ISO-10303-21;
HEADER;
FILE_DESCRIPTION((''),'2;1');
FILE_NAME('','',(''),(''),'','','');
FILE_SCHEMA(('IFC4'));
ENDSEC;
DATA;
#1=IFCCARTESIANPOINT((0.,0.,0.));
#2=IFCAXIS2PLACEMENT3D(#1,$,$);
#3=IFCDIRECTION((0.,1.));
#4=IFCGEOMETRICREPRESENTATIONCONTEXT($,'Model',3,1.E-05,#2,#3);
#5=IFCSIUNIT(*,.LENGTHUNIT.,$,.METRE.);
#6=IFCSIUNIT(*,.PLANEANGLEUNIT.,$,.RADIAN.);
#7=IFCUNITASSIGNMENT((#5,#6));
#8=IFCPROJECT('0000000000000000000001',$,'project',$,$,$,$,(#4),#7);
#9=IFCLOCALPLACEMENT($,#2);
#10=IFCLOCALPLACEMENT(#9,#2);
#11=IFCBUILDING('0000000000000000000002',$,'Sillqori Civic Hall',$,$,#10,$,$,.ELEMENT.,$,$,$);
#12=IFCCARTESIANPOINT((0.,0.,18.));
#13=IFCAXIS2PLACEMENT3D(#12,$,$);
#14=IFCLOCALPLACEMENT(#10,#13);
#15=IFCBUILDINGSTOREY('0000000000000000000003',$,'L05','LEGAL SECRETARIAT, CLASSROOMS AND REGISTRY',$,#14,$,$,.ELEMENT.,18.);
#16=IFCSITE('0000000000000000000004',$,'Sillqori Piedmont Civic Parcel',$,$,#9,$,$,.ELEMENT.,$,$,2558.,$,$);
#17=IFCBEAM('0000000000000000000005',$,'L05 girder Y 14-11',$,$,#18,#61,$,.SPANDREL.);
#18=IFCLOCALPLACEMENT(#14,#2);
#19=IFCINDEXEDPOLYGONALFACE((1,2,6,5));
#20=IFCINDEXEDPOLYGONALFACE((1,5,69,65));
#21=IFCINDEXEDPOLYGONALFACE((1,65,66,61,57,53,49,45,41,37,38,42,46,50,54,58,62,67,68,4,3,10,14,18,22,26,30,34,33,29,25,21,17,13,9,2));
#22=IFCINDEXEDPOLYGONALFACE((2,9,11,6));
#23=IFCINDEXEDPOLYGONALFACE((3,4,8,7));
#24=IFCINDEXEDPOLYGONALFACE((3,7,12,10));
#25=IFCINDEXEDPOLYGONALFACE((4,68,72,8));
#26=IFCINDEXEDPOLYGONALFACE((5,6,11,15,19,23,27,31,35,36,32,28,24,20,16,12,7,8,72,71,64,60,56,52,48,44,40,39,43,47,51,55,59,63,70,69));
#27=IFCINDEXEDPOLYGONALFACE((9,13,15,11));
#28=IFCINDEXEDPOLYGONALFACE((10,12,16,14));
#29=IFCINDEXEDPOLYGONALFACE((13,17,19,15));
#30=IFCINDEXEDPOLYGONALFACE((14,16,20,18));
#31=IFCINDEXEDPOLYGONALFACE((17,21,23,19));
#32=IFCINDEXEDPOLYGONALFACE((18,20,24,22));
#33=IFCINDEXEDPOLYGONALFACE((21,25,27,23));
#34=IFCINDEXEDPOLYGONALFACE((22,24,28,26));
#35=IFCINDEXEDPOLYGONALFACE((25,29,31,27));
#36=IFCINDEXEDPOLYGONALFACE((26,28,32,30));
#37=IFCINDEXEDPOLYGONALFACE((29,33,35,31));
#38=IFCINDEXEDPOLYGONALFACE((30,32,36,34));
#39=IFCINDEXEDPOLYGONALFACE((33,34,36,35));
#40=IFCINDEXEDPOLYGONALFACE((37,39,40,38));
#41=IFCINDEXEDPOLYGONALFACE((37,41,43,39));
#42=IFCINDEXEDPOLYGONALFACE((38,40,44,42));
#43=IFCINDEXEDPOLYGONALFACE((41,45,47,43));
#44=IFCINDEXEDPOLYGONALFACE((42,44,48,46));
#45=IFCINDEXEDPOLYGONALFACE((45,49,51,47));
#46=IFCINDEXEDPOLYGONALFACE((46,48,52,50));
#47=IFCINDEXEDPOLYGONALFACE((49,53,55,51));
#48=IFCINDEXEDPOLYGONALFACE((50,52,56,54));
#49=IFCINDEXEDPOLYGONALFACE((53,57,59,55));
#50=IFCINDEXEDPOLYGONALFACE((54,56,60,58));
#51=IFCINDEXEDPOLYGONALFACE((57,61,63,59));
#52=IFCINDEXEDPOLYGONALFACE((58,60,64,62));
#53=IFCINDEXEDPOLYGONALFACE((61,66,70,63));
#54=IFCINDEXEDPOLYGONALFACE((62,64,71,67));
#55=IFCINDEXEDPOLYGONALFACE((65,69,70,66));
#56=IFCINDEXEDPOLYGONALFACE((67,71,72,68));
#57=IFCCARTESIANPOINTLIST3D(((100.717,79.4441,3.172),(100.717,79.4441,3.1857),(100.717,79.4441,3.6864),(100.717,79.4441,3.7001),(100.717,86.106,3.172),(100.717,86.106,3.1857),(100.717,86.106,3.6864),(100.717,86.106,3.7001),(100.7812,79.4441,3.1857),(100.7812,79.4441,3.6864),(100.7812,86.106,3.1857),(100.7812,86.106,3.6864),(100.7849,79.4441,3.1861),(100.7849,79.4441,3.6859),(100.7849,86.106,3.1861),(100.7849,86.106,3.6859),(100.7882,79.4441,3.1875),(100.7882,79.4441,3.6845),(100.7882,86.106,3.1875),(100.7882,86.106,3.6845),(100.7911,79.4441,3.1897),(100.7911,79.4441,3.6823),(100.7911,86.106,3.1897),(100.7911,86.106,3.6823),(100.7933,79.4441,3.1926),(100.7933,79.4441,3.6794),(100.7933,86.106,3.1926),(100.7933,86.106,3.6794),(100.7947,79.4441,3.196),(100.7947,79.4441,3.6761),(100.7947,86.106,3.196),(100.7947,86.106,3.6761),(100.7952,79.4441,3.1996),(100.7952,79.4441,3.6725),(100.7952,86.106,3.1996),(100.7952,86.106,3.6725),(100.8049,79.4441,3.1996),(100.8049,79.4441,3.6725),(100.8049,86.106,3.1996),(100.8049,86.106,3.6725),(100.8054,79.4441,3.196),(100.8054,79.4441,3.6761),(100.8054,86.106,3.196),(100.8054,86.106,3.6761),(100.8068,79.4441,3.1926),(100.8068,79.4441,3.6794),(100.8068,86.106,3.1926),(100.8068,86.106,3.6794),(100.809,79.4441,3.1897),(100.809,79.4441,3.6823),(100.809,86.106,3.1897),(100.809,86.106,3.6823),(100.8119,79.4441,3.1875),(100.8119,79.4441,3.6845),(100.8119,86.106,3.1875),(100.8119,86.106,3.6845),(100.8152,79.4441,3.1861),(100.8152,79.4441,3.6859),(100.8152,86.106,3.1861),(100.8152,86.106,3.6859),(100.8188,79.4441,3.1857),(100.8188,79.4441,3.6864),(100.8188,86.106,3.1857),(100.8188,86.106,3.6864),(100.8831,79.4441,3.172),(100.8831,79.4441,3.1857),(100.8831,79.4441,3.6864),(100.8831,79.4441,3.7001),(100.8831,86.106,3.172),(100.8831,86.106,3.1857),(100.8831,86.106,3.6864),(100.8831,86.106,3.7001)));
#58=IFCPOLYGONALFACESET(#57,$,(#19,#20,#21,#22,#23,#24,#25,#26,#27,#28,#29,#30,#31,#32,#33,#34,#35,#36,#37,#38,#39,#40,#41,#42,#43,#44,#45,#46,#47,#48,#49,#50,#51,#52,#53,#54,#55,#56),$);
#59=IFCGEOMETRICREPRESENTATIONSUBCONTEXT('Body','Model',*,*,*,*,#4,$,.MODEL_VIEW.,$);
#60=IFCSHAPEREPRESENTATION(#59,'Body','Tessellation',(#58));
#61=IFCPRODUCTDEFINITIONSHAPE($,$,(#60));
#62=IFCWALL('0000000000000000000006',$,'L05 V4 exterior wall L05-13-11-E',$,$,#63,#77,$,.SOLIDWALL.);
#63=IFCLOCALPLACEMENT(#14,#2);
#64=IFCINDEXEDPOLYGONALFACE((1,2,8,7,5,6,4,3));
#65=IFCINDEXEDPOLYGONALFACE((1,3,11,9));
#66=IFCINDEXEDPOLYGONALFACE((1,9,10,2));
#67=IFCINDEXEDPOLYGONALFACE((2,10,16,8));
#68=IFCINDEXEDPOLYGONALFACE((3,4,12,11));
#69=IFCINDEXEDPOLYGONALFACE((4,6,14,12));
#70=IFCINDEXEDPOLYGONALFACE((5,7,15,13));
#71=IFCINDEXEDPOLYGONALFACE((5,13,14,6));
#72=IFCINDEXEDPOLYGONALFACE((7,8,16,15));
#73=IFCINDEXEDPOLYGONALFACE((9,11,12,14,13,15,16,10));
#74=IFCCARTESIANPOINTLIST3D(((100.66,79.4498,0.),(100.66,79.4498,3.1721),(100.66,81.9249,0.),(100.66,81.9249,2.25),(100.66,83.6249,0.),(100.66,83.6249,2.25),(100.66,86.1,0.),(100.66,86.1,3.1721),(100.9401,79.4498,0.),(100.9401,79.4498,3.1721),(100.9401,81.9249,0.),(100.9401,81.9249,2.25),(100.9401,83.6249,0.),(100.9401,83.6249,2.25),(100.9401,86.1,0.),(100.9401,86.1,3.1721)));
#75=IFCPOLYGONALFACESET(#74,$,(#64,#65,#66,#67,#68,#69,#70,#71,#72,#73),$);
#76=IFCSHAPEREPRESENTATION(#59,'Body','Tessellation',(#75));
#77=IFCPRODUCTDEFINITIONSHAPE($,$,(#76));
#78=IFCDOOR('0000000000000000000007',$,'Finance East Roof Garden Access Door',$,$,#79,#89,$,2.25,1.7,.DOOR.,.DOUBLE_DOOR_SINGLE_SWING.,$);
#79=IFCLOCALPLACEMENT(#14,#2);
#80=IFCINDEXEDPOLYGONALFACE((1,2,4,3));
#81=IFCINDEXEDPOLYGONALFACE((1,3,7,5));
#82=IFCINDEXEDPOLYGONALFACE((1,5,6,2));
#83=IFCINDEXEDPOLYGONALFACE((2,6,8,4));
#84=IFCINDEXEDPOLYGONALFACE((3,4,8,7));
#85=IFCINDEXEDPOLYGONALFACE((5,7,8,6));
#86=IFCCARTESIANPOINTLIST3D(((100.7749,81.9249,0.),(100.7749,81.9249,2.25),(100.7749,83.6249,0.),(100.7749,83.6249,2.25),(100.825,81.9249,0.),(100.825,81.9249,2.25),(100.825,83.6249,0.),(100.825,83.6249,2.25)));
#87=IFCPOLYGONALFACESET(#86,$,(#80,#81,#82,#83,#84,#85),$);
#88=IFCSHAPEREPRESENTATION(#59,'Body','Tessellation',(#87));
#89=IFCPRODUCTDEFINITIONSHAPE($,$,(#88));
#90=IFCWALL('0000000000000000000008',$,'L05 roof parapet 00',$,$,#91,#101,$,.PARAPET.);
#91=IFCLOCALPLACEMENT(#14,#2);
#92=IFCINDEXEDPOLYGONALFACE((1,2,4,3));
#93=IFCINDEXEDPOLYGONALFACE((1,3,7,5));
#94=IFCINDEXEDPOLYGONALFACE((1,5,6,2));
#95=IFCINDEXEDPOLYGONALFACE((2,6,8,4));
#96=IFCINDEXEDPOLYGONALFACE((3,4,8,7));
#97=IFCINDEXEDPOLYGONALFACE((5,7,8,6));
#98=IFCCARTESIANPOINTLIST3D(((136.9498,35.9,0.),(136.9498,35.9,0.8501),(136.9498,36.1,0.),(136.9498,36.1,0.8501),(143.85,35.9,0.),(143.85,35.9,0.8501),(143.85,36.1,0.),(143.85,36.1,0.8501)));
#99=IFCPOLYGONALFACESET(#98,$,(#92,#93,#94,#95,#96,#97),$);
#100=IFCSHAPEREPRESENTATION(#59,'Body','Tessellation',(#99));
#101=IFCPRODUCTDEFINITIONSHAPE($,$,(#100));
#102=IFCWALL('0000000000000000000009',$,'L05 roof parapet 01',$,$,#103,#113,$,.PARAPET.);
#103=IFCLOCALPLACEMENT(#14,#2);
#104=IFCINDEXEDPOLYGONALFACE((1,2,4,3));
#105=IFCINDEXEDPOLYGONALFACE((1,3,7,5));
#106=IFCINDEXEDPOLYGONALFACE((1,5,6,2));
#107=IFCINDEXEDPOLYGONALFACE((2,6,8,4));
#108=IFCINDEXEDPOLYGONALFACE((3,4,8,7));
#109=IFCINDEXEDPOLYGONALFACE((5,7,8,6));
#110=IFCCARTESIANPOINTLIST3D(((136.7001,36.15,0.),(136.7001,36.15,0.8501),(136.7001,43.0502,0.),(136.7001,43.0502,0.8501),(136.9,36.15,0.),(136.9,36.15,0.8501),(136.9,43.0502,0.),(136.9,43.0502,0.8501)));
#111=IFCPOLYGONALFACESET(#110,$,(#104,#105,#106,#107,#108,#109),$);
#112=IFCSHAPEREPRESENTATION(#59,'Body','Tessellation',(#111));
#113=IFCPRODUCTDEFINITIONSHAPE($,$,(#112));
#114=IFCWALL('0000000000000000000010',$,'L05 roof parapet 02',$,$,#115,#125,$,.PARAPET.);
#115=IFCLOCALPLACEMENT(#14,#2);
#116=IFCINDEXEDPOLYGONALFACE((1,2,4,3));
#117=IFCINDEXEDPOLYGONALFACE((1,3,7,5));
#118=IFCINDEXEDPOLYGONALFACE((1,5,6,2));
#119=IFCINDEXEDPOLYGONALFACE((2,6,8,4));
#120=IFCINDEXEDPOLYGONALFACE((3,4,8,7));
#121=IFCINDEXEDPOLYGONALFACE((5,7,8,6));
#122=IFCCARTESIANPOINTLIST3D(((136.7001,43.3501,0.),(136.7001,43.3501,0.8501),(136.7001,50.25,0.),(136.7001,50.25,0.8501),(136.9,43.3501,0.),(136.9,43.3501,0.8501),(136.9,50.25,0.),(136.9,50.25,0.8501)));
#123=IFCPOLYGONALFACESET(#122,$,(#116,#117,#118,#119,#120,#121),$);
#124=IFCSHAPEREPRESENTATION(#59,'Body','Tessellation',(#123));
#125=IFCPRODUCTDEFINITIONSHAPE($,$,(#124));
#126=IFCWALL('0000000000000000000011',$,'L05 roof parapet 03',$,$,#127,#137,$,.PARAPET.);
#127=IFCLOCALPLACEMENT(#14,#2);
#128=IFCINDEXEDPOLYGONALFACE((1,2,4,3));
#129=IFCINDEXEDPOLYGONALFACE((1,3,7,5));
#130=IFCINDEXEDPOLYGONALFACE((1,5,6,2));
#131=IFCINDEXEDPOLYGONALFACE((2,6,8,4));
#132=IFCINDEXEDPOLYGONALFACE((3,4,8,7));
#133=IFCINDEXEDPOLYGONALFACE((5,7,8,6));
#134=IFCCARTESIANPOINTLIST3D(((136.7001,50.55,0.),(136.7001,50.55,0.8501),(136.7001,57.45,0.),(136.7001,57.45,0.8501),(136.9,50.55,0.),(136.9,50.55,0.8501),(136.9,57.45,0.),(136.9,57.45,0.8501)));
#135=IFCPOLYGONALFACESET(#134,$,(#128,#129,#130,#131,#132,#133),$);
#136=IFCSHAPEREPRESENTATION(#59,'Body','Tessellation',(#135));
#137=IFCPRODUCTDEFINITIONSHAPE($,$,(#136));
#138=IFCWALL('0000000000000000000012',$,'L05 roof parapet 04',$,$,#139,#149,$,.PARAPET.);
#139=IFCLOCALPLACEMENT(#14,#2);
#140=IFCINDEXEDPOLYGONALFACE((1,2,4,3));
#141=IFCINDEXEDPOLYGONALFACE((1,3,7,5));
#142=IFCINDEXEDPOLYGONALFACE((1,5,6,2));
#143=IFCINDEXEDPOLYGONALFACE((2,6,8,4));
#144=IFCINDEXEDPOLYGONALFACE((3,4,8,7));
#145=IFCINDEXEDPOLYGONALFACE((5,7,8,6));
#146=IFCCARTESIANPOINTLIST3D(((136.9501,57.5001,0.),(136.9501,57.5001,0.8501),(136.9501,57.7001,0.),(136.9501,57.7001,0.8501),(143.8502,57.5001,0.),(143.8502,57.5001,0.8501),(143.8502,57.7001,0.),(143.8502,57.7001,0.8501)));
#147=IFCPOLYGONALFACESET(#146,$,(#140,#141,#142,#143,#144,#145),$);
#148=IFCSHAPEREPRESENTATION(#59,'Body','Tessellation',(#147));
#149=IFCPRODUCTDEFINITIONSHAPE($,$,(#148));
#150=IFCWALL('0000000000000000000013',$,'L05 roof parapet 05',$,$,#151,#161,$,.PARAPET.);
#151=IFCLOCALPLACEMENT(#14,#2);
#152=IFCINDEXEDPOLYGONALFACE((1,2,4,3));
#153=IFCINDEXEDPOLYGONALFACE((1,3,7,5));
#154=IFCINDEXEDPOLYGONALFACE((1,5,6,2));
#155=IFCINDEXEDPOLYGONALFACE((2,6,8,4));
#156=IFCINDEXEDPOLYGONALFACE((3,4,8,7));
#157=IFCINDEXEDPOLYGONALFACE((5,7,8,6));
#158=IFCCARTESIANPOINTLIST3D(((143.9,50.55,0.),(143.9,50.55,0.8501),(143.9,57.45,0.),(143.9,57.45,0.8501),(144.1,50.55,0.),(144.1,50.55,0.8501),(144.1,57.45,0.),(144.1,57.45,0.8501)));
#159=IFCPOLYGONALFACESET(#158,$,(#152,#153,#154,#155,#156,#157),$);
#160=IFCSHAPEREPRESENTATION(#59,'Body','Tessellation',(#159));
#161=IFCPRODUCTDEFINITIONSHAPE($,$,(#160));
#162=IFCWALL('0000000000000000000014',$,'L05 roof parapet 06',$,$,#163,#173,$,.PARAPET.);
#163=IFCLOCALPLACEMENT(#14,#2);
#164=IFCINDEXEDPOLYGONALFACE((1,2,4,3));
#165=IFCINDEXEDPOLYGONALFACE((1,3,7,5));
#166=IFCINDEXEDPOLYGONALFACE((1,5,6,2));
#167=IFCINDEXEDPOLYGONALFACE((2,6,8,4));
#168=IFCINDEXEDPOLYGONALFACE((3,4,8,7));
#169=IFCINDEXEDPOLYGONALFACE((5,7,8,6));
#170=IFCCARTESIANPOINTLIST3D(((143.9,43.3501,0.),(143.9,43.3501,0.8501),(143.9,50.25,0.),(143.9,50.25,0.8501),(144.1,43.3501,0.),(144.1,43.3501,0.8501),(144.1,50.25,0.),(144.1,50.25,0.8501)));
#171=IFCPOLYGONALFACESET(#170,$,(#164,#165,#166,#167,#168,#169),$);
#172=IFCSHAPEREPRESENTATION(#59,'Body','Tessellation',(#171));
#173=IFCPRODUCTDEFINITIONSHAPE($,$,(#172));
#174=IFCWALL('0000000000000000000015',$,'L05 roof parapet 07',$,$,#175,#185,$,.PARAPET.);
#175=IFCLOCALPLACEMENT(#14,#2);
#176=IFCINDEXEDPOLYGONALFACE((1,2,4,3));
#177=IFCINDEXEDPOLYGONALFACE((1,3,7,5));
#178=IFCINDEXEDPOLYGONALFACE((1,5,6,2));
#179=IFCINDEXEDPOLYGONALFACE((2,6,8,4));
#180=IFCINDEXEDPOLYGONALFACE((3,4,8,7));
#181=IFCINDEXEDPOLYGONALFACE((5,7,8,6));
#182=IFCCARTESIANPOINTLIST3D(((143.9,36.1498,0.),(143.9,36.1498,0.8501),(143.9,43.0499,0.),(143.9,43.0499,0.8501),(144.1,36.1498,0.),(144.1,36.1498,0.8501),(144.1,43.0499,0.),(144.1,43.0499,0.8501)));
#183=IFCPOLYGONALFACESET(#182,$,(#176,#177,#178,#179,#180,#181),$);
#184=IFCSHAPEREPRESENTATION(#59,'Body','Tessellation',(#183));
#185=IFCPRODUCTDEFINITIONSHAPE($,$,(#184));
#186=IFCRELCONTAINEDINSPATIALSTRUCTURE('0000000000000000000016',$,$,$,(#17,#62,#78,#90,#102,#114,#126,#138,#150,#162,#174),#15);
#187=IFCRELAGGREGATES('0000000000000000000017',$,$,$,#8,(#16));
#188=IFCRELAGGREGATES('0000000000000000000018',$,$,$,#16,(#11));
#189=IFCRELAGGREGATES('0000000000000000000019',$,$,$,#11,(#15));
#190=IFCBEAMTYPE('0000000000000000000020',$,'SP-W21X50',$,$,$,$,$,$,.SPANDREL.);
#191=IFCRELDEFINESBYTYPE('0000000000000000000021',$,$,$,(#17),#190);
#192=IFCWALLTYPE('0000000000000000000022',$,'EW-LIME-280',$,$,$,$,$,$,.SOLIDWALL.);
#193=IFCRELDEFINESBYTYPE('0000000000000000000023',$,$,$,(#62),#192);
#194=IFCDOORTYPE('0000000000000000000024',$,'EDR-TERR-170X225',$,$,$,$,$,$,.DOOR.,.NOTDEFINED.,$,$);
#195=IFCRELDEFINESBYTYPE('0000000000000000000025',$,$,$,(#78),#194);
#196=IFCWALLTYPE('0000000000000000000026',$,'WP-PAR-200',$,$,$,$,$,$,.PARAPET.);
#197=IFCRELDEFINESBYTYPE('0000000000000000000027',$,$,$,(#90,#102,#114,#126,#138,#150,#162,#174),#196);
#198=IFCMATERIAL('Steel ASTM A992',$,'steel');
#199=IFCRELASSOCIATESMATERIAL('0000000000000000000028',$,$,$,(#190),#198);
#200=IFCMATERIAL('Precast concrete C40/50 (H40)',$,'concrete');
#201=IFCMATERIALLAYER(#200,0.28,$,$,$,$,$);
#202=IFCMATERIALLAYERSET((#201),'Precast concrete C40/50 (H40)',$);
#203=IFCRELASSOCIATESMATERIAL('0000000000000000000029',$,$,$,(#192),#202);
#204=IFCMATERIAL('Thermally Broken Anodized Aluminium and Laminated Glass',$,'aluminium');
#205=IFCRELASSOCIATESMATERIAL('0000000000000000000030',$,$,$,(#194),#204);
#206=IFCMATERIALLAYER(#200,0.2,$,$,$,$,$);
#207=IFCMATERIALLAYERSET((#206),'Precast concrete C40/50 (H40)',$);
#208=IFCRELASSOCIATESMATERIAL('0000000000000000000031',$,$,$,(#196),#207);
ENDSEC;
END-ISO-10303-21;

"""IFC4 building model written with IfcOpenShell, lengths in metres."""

from ifc_helpers import new_model, si_unit, direction, frame, frame_2d, origin, origin_2d, place, context, subcontext, project, spatial, rectangle, i_section, extrude, material, layer, layer_set, material_profile, profile_set, type_object, element, fill, save


model = new_model("IFC4")

# Units and contexts
model_context = context("Model", 3, precision=1e-05, world=origin(), true_north=direction((0.0, 1.0)))
body_context = subcontext(model_context, "Body", "Model", "MODEL_VIEW")
ifc_project = project(units=[si_unit("LENGTHUNIT", "METRE"), si_unit("PLANEANGLEUNIT", "RADIAN")], contexts=[model_context])

# Site, building, storey
site_placement = place(None, origin())
site = spatial("IfcSite", under=ifc_project, at=site_placement, Name="Sillqori Piedmont Civic Parcel", CompositionType="ELEMENT", RefElevation=2558.0)
building_placement = place(site_placement, origin())
building = spatial("IfcBuilding", under=site, at=building_placement, Name="Sillqori Civic Hall", CompositionType="ELEMENT")
storey_placement = place(building_placement, frame((0.0, 0.0, 18.0)))
storey = spatial("IfcBuildingStorey", under=building, at=storey_placement, Name="L05", Description="LEGAL SECRETARIAT, CLASSROOMS AND REGISTRY", CompositionType="ELEMENT", Elevation=18.0)

# Beam
ifc_material_1 = material(Name="Steel ASTM A992", Category="steel")
ifc_material_profile = material_profile(ifc_material_1, i_section(OverallWidth=0.166, OverallDepth=0.5281, WebThickness=0.0098, FlangeThickness=0.0137, FilletRadius=0.0139, at=origin_2d()), Name="W21X50")
ifc_profile_set = profile_set([ifc_material_profile], Name="Steel ASTM A992")
beam_type = type_object("IfcBeamType", Name="SP-W21X50", PredefinedType="SPANDREL", material=ifc_profile_set)
beam_placement = place(storey_placement, frame((100.8, 79.4441, 3.436), z_axis=(0.0, 1.0, 0.0), x_axis=(-1.0, 0.0, 0.0)))
element("IfcBeam", 1, at=beam_placement, inside=storey, type_object=beam_type, Name="L05 girder Y 14-11", PredefinedType="SPANDREL", context=body_context, shape_type="SweptSolid", body=[
    extrude(i_section(OverallWidth=0.166, OverallDepth=0.5281, WebThickness=0.0098, FlangeThickness=0.0137, FilletRadius=0.0139, at=origin_2d()), origin(), (0.0, 0.0, 1.0), 6.6619),
])

# Wall, opening, door
ifc_material_2 = material(Name="Precast concrete C40/50 (H40)", Category="concrete")
ifc_layer_1 = layer(ifc_material_2, 0.28)
ifc_layer_set_1 = layer_set([ifc_layer_1], Name="Precast concrete C40/50 (H40)")
wall_type_1 = type_object("IfcWallType", Name="EW-LIME-280", PredefinedType="SOLIDWALL", material=ifc_layer_set_1)
wall_1_placement = place(storey_placement, frame((100.8, 86.1001, 0.0), z_axis=(0.0, 0.0, 1.0), x_axis=(0.0, -1.0, 0.0)))
wall_1 = element("IfcWall", 2, at=wall_1_placement, inside=storey, type_object=wall_type_1, Name="L05 V4 exterior wall L05-13-11-E", PredefinedType="SOLIDWALL", context=body_context, shape_type="SweptSolid", body=[
    extrude(rectangle(XDim=6.6501, YDim=0.28, at=frame_2d((3.3252, 0.0))), origin(), (0.0, 0.0, 1.0), 3.1721),
])
opening_placement = place(wall_1_placement, frame((2.4751, 0.0, 0.0)))
opening = element("IfcOpeningElement", 3, at=opening_placement, cuts=wall_1, PredefinedType="OPENING", context=body_context, shape_type="SweptSolid", body=[
    extrude(rectangle(XDim=1.7, YDim=2.25, at=frame_2d((0.8501, 1.125))), frame((0.0, 0.1499, 0.0), z_axis=(0.0, -1.0, 0.0), x_axis=(1.0, 0.0, 0.0)), (0.0, 0.0, 1.0), 0.3),
])
ifc_material_3 = material(Name="Thermally Broken Anodized Aluminium and Laminated Glass", Category="aluminium")
door_type = type_object("IfcDoorType", Name="EDR-TERR-170X225", OperationType="NOTDEFINED", PredefinedType="DOOR", material=ifc_material_3)
door_placement = place(opening_placement, origin())
door = element("IfcDoor", 4, at=door_placement, inside=storey, type_object=door_type, Name="Finance East Roof Garden Access Door", OperationType="DOUBLE_DOOR_SINGLE_SWING", OverallHeight=2.25, OverallWidth=1.7, PredefinedType="DOOR", context=body_context, shape_type="SweptSolid", body=[
    extrude(rectangle(XDim=1.7, YDim=2.25, at=frame_2d((0.8501, 1.125))), frame((0.0, 0.0249, 0.0), z_axis=(0.0, -1.0, 0.0), x_axis=(1.0, 0.0, 0.0)), (0.0, 0.0, 1.0), 0.05),
])
fill(opening, door)

# Walls
ifc_layer_2 = layer(ifc_material_2, 0.2)
ifc_layer_set_2 = layer_set([ifc_layer_2], Name="Precast concrete C40/50 (H40)")
wall_type_2 = type_object("IfcWallType", Name="WP-PAR-200", PredefinedType="PARAPET", material=ifc_layer_set_2)
for number, where, z_axis, x_axis, name in (
    (5, (143.8501, 36.0, 0.0), (0.0, 0.0, 1.0), (-1.0, 0.0, 0.0), "L05 roof parapet 00"),
    (6, (136.8, 36.1499, 0.0), (0.0, 0.0, 1.0), (0.0, 1.0, 0.0), "L05 roof parapet 01"),
):
    element("IfcWall", number, at=place(storey_placement, frame(where, z_axis=z_axis, x_axis=x_axis)), inside=storey, type_object=wall_type_2, Name=name, PredefinedType="PARAPET", context=body_context, shape_type="SweptSolid", body=[
        extrude(rectangle(XDim=6.9001, YDim=0.2, at=frame_2d((3.4502, 0.0))), origin(), (0.0, 0.0, 1.0), 0.8501),
    ])
for number, where, z_axis, x_axis, name in (
    (7, (136.8, 43.3501, 0.0), (0.0, 0.0, 1.0), (0.0, 1.0, 0.0), "L05 roof parapet 02"),
    (8, (136.8, 50.55, 0.0), (0.0, 0.0, 1.0), (0.0, 1.0, 0.0), "L05 roof parapet 03"),
):
    element("IfcWall", number, at=place(storey_placement, frame(where, z_axis=z_axis, x_axis=x_axis)), inside=storey, type_object=wall_type_2, Name=name, PredefinedType="PARAPET", context=body_context, shape_type="SweptSolid", body=[
        extrude(rectangle(XDim=6.8999, YDim=0.2, at=frame_2d((3.45, 0.0))), origin(), (0.0, 0.0, 1.0), 0.8501),
    ])
wall_2_placement = place(storey_placement, frame((136.95, 57.6001, 0.0), z_axis=(0.0, 0.0, 1.0), x_axis=(1.0, 0.0, 0.0)))
element("IfcWall", 9, at=wall_2_placement, inside=storey, type_object=wall_type_2, Name="L05 roof parapet 04", PredefinedType="PARAPET", context=body_context, shape_type="SweptSolid", body=[
    extrude(rectangle(XDim=6.9001, YDim=0.2, at=frame_2d((3.4502, 0.0))), origin(), (0.0, 0.0, 1.0), 0.8501),
])
for number, where, z_axis, x_axis, name in (
    (10, (144.0, 57.45, 0.0), (0.0, 0.0, 1.0), (0.0, -1.0, 0.0), "L05 roof parapet 05"),
    (11, (144.0, 50.25, 0.0), (0.0, 0.0, 1.0), (0.0, -1.0, 0.0), "L05 roof parapet 06"),
):
    element("IfcWall", number, at=place(storey_placement, frame(where, z_axis=z_axis, x_axis=x_axis)), inside=storey, type_object=wall_type_2, Name=name, PredefinedType="PARAPET", context=body_context, shape_type="SweptSolid", body=[
        extrude(rectangle(XDim=6.8999, YDim=0.2, at=frame_2d((3.45, 0.0))), origin(), (0.0, 0.0, 1.0), 0.8501),
    ])
wall_3_placement = place(storey_placement, frame((144.0, 43.05, 0.0), z_axis=(0.0, 0.0, 1.0), x_axis=(0.0, -1.0, 0.0)))
element("IfcWall", 12, at=wall_3_placement, inside=storey, type_object=wall_type_2, Name="L05 roof parapet 07", PredefinedType="PARAPET", context=body_context, shape_type="SweptSolid", body=[
    extrude(rectangle(XDim=6.9001, YDim=0.2, at=frame_2d((3.4502, 0.0))), origin(), (0.0, 0.0, 1.0), 0.8501),
])

save(model, "model.ifc")
